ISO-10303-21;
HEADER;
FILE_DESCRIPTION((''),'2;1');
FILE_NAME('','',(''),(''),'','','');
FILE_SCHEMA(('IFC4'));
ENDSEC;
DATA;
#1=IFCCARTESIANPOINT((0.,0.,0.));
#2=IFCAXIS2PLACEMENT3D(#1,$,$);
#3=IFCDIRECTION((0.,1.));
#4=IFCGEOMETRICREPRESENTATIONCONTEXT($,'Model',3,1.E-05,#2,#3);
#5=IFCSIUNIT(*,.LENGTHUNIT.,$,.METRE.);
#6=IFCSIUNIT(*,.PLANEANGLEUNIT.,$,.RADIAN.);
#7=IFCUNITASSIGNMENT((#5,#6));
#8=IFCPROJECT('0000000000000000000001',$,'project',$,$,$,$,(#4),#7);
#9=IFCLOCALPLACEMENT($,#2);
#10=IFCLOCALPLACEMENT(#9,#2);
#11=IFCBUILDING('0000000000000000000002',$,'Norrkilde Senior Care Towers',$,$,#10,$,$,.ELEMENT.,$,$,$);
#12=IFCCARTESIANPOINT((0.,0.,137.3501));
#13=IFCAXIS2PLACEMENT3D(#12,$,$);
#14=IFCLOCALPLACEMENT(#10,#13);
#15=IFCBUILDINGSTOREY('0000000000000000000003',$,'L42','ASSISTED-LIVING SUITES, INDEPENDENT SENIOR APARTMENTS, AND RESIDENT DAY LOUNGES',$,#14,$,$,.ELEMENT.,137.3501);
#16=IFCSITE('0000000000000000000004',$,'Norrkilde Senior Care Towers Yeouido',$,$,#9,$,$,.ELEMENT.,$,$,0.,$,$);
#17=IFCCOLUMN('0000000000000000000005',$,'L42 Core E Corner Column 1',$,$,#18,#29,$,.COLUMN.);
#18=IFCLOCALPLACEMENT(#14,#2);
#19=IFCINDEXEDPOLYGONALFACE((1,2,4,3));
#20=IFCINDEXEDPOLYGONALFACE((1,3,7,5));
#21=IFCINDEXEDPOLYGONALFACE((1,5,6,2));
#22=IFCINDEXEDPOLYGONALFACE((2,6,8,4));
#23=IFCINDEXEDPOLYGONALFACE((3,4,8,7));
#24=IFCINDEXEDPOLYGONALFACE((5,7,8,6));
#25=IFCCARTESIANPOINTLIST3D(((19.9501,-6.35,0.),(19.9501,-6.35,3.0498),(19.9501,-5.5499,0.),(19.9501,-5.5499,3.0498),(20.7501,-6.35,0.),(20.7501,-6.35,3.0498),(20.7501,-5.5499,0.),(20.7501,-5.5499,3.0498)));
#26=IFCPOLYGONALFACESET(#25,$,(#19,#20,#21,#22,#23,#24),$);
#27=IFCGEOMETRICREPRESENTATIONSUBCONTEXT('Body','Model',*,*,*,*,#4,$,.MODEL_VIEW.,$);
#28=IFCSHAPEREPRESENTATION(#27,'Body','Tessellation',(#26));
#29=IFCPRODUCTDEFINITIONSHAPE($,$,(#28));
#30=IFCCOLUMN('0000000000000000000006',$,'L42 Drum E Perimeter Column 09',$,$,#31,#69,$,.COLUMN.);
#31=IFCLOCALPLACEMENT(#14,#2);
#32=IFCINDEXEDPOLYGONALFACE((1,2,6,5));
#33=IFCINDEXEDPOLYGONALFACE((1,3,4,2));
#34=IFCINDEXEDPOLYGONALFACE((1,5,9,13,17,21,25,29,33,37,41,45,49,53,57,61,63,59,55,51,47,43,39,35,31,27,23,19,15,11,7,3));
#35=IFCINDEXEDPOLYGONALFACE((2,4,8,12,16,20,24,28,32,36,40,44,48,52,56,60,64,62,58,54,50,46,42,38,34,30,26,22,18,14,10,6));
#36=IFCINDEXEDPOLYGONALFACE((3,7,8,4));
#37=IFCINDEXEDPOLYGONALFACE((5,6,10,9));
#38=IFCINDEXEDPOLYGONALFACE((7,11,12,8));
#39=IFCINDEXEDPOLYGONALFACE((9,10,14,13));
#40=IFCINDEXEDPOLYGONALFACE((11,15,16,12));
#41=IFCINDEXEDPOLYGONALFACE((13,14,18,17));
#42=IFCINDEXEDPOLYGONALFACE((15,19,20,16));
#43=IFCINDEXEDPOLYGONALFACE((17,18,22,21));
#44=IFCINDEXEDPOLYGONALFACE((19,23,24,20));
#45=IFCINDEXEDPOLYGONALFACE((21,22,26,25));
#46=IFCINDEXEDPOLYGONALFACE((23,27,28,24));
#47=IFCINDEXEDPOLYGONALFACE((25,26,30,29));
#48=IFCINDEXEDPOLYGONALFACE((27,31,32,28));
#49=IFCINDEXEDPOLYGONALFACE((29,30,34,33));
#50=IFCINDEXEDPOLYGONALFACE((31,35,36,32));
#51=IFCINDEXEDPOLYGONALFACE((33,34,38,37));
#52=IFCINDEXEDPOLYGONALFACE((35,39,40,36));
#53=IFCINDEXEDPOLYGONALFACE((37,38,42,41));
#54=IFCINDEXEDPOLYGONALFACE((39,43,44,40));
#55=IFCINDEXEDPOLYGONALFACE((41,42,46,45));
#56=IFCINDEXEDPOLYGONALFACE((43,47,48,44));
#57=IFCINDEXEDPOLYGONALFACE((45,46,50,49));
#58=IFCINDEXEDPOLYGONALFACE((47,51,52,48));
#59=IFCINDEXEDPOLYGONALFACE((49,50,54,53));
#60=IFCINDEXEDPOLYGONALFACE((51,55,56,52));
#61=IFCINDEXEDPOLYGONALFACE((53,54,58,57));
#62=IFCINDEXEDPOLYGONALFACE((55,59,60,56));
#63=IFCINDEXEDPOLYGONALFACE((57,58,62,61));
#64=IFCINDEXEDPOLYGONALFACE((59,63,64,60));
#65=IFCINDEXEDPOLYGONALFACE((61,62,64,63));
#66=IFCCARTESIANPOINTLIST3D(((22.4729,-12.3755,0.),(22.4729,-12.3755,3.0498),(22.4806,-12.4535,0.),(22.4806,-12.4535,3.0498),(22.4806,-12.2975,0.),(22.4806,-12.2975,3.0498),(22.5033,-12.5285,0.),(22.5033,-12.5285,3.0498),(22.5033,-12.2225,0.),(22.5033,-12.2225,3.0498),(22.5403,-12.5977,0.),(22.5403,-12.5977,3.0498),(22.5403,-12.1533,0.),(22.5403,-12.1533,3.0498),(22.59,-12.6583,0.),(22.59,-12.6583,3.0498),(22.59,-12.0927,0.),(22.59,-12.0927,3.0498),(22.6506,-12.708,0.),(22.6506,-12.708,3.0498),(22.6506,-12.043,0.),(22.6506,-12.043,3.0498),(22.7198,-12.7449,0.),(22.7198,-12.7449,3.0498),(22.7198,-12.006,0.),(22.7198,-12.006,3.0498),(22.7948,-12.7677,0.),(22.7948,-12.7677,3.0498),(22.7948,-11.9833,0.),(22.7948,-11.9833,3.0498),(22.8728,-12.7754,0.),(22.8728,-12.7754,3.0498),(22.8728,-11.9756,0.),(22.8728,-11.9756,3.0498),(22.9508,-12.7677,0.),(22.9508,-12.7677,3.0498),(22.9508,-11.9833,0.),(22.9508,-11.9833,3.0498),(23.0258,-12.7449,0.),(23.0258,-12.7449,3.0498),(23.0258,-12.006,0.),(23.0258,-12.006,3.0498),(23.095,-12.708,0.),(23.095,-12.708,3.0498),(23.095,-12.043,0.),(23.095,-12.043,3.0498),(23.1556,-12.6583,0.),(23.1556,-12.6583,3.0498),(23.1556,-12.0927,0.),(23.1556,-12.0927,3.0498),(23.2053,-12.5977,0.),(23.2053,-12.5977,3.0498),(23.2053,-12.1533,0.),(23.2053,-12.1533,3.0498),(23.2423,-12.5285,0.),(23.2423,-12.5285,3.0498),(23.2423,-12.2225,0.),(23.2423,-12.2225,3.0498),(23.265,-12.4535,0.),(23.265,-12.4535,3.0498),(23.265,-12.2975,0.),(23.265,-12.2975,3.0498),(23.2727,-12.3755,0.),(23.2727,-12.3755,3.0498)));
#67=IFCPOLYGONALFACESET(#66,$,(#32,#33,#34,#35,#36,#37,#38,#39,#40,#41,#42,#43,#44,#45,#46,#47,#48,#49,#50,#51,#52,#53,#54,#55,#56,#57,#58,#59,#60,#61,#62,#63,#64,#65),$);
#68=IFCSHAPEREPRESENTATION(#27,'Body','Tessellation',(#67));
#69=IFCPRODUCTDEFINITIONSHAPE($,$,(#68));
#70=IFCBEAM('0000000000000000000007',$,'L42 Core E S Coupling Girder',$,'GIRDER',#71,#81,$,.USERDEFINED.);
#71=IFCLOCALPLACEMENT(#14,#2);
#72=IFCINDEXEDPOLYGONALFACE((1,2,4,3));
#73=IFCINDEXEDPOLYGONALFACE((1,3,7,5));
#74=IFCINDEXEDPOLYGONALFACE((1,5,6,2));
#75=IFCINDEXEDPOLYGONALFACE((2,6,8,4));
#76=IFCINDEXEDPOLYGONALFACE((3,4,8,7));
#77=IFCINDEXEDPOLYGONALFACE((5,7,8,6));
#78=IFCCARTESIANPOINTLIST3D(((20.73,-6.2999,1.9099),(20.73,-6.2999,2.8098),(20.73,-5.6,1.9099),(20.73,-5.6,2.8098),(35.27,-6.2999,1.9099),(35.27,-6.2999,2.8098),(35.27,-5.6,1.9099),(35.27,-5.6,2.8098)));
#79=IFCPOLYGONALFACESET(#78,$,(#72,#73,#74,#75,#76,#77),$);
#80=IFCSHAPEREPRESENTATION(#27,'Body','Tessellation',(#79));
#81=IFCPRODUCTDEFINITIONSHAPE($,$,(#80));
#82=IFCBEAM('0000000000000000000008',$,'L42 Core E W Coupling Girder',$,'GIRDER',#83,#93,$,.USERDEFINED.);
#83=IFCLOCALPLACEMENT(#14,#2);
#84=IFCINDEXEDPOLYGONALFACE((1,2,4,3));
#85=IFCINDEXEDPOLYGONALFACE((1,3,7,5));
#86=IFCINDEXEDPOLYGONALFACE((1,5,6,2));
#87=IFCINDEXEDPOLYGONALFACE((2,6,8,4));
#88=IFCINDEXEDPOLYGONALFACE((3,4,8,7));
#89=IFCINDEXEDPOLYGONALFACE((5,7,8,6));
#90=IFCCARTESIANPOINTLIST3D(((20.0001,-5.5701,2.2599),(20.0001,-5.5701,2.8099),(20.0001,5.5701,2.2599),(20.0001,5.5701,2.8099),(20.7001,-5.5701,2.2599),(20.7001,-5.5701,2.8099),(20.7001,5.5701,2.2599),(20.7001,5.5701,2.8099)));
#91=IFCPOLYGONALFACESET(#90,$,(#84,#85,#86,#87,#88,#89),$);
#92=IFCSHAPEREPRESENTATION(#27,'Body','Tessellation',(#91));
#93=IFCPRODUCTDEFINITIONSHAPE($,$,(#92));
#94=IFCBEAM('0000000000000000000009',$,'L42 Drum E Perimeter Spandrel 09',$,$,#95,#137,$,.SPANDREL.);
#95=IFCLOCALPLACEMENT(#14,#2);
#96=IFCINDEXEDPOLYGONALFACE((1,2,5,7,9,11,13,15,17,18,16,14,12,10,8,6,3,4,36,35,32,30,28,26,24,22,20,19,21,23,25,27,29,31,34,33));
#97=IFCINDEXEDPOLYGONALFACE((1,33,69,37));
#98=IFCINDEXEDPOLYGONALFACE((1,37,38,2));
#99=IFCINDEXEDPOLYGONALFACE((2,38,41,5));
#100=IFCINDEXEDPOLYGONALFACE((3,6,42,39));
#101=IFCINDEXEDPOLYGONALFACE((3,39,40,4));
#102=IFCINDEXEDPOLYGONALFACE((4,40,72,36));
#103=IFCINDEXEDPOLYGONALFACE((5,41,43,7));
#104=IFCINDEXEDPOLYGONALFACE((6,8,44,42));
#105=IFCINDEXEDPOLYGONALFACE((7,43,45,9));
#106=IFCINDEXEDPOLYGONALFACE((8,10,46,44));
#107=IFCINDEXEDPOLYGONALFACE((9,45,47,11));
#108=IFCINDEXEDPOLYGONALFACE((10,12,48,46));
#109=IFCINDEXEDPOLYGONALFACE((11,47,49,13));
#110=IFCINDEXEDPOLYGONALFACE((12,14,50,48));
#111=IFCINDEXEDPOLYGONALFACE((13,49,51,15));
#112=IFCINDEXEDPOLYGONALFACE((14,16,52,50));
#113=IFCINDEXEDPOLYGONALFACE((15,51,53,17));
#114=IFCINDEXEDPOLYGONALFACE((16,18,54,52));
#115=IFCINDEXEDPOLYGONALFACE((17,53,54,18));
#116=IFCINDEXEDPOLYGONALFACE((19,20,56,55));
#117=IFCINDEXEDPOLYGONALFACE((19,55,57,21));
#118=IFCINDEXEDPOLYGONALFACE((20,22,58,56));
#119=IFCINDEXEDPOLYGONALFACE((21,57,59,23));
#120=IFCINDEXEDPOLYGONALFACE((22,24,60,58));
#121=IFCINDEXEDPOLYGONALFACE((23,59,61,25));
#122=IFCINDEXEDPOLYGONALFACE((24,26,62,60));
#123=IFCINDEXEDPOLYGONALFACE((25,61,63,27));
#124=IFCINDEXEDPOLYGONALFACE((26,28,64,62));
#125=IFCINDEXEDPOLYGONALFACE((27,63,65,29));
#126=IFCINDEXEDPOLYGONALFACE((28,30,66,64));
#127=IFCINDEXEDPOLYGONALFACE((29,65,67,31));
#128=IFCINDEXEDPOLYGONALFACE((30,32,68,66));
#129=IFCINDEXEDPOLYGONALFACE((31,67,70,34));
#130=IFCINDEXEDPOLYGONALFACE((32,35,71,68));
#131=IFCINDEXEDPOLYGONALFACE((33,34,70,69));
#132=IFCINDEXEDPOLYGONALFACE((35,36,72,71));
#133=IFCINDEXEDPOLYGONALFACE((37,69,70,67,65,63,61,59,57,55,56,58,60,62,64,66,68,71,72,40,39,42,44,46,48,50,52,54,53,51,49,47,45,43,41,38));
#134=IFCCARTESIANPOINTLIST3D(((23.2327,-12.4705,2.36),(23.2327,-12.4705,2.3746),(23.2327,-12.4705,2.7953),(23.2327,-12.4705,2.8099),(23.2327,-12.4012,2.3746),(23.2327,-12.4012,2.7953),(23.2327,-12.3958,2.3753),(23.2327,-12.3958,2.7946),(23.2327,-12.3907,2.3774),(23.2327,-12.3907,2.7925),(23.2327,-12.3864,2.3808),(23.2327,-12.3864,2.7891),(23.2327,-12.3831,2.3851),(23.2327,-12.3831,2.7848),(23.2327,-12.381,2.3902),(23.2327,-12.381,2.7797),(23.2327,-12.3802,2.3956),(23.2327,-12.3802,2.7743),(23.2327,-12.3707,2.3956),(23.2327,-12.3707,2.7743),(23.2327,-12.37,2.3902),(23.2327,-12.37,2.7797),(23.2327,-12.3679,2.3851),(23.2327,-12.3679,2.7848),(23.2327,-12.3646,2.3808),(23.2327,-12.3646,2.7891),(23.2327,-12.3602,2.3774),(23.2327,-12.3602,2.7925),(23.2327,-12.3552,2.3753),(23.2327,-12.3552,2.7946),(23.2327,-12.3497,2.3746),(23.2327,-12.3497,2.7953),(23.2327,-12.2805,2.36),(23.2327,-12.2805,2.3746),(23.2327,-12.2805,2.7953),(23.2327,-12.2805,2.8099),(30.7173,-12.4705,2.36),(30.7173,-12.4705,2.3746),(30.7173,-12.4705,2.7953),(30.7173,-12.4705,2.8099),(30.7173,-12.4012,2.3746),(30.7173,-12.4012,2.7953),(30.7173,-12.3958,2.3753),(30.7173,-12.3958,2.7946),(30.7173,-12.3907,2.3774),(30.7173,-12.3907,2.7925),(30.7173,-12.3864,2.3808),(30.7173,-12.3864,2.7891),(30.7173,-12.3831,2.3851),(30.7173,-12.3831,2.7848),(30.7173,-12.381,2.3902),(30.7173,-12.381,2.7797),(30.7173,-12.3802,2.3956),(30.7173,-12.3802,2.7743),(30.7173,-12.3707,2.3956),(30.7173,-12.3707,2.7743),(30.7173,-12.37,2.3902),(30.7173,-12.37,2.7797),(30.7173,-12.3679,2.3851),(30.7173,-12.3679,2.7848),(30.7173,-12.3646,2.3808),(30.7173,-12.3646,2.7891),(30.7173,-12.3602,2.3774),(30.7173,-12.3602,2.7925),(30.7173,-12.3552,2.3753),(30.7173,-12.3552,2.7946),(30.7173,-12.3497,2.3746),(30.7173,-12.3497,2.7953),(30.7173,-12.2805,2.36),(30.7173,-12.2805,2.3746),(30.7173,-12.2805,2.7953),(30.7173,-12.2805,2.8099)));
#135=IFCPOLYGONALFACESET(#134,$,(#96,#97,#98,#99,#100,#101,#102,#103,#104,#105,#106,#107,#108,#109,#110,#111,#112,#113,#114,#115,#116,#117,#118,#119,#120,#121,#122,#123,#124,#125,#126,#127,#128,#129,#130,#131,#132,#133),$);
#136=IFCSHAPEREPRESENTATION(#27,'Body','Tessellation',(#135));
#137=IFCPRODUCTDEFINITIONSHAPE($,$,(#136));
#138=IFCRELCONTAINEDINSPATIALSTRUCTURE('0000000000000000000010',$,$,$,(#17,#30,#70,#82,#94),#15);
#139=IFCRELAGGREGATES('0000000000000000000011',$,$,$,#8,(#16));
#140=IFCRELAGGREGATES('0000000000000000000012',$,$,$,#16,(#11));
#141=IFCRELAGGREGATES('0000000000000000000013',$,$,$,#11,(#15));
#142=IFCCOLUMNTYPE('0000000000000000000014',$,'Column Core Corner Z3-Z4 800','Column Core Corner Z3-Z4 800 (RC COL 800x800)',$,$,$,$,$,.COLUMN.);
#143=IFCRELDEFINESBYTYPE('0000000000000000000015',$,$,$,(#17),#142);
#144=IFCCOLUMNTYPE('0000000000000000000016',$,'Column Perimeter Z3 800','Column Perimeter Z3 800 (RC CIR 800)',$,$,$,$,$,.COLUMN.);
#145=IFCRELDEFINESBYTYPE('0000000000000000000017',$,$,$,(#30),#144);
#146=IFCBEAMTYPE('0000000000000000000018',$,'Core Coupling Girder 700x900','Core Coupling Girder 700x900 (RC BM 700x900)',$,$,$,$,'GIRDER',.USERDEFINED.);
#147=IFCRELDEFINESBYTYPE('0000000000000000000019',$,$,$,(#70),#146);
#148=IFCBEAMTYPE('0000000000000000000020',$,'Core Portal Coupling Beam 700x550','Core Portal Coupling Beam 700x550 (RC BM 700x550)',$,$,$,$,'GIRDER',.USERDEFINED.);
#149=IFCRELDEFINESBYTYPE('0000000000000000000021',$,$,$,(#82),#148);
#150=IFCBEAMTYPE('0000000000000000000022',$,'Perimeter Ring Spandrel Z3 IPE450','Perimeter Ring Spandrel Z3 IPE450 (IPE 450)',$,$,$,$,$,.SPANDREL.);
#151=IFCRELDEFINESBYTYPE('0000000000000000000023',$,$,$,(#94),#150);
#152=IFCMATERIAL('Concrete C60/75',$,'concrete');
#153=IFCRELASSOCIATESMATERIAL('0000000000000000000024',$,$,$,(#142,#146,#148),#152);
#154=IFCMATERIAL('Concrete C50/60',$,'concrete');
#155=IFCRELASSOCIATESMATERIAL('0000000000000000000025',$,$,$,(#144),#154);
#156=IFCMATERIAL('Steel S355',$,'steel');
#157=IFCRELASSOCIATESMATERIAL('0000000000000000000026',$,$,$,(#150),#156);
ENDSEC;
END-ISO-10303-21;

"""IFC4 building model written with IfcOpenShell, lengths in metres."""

from ifc_helpers import new_model, si_unit, direction, frame, origin, origin_2d, place, context, subcontext, project, spatial, rectangle, circle, i_section, extrude, source, transform, mapped, material, material_profile, profile_set, type_object, type_shapes, element, save


model = new_model("IFC4")

# Units and contexts
model_context = context("Model", 3, precision=1e-05, world=origin(), true_north=direction((0.0, 1.0)))
body_context = subcontext(model_context, "Body", "Model", "MODEL_VIEW")
ifc_project = project(units=[si_unit("LENGTHUNIT", "METRE"), si_unit("PLANEANGLEUNIT", "RADIAN")], contexts=[model_context])

# Site, building, storey
site_placement = place(None, origin())
site = spatial("IfcSite", under=ifc_project, at=site_placement, Name="Norrkilde Senior Care Towers Yeouido", CompositionType="ELEMENT", RefElevation=0.0)
building_placement = place(site_placement, origin())
building = spatial("IfcBuilding", under=site, at=building_placement, Name="Norrkilde Senior Care Towers", CompositionType="ELEMENT")
storey_placement = place(building_placement, frame((0.0, 0.0, 137.3501)))
storey = spatial("IfcBuildingStorey", under=building, at=storey_placement, Name="L42", Description="ASSISTED-LIVING SUITES, INDEPENDENT SENIOR APARTMENTS, AND RESIDENT DAY LOUNGES", CompositionType="ELEMENT", Elevation=137.3501)

# Columns
ifc_material_1 = material(Name="Concrete C60/75", Category="concrete")
ifc_material_profile_1 = material_profile(ifc_material_1, rectangle(XDim=0.8, YDim=0.8, at=origin_2d()), Name="RC COL 800x800")
ifc_profile_set_1 = profile_set([ifc_material_profile_1], Name="Concrete C60/75")
column_type_1 = type_object("IfcColumnType", Name="Column Core Corner Z3-Z4 800", Description="Column Core Corner Z3-Z4 800 (RC COL 800x800)", PredefinedType="COLUMN", material=ifc_profile_set_1)
shared_shape_1 = source(origin(), body_context, "Body", "SweptSolid", [
    extrude(rectangle(XDim=0.8, YDim=0.8, at=origin_2d()), origin(), (0.0, 0.0, 1.0), 3.0498),
])
type_shapes(column_type_1, [shared_shape_1])
column_1_placement = place(storey_placement, frame((20.3501, -5.95, 0.0), z_axis=(0.0, 0.0, 1.0), x_axis=(1.0, 0.0, 0.0)))
element("IfcColumn", 1, at=column_1_placement, inside=storey, type_object=column_type_1, Name="L42 Core E Corner Column 1", PredefinedType="COLUMN", context=body_context, shape_type="MappedRepresentation", body=[
    mapped(shared_shape_1, transform((0.0, 0.0, 0.0), x_axis=(1.0, 0.0, 0.0), y_axis=(0.0, 1.0, 0.0), z_axis=(0.0, 0.0, 1.0), scale=1.0)),
])
ifc_material_2 = material(Name="Concrete C50/60", Category="concrete")
ifc_material_profile_2 = material_profile(ifc_material_2, circle(Radius=0.3999, at=origin_2d()), Name="RC CIR 800")
ifc_profile_set_2 = profile_set([ifc_material_profile_2], Name="Concrete C50/60")
column_type_2 = type_object("IfcColumnType", Name="Column Perimeter Z3 800", Description="Column Perimeter Z3 800 (RC CIR 800)", PredefinedType="COLUMN", material=ifc_profile_set_2)
shared_shape_2 = source(origin(), body_context, "Body", "SweptSolid", [
    extrude(circle(Radius=0.3999, at=origin_2d()), origin(), (0.0, 0.0, 1.0), 3.0498),
])
type_shapes(column_type_2, [shared_shape_2])
column_2_placement = place(storey_placement, frame((22.8728, -12.3755, 0.0), z_axis=(0.0, 0.0, 1.0), x_axis=(1.0, 0.0, 0.0)))
element("IfcColumn", 2, at=column_2_placement, inside=storey, type_object=column_type_2, Name="L42 Drum E Perimeter Column 09", PredefinedType="COLUMN", context=body_context, shape_type="MappedRepresentation", body=[
    mapped(shared_shape_2, transform((0.0, 0.0, 0.0), x_axis=(1.0, 0.0, 0.0), y_axis=(0.0, 1.0, 0.0), z_axis=(0.0, 0.0, 1.0), scale=1.0)),
])

# Beams
ifc_material_profile_3 = material_profile(ifc_material_1, rectangle(XDim=0.7, YDim=0.8999, at=origin_2d()), Name="RC BM 700x900")
ifc_profile_set_3 = profile_set([ifc_material_profile_3], Name="Concrete C60/75")
beam_type_1 = type_object("IfcBeamType", Name="Core Coupling Girder 700x900", Description="Core Coupling Girder 700x900 (RC BM 700x900)", ElementType="GIRDER", PredefinedType="USERDEFINED", material=ifc_profile_set_3)
shared_shape_3 = source(origin(), body_context, "Body", "SweptSolid", [
    extrude(rectangle(XDim=0.7, YDim=0.8999, at=origin_2d()), origin(), (0.0, 0.0, 1.0), 14.54),
])
type_shapes(beam_type_1, [shared_shape_3])
beam_1_placement = place(storey_placement, frame((20.73, -5.95, 2.3599), z_axis=(1.0, 0.0, 0.0), x_axis=(0.0, 1.0, 0.0)))
element("IfcBeam", 3, at=beam_1_placement, inside=storey, type_object=beam_type_1, Name="L42 Core E S Coupling Girder", ObjectType="GIRDER", PredefinedType="USERDEFINED", context=body_context, shape_type="MappedRepresentation", body=[
    mapped(shared_shape_3, transform((0.0, 0.0, 0.0), x_axis=(1.0, 0.0, 0.0), y_axis=(0.0, 1.0, 0.0), z_axis=(0.0, 0.0, 1.0), scale=1.0)),
])
ifc_material_profile_4 = material_profile(ifc_material_1, rectangle(XDim=0.7, YDim=0.55, at=origin_2d()), Name="RC BM 700x550")
ifc_profile_set_4 = profile_set([ifc_material_profile_4], Name="Concrete C60/75")
beam_type_2 = type_object("IfcBeamType", Name="Core Portal Coupling Beam 700x550", Description="Core Portal Coupling Beam 700x550 (RC BM 700x550)", ElementType="GIRDER", PredefinedType="USERDEFINED", material=ifc_profile_set_4)
shared_shape_4 = source(origin(), body_context, "Body", "SweptSolid", [
    extrude(rectangle(XDim=0.7, YDim=0.55, at=origin_2d()), origin(), (0.0, 0.0, 1.0), 11.1401),
])
type_shapes(beam_type_2, [shared_shape_4])
beam_2_placement = place(storey_placement, frame((20.3501, -5.5701, 2.5349), z_axis=(0.0, 1.0, 0.0), x_axis=(-1.0, 0.0, 0.0)))
element("IfcBeam", 4, at=beam_2_placement, inside=storey, type_object=beam_type_2, Name="L42 Core E W Coupling Girder", ObjectType="GIRDER", PredefinedType="USERDEFINED", context=body_context, shape_type="MappedRepresentation", body=[
    mapped(shared_shape_4, transform((0.0, 0.0, 0.0), x_axis=(1.0, 0.0, 0.0), y_axis=(0.0, 1.0, 0.0), z_axis=(0.0, 0.0, 1.0), scale=1.0)),
])
ifc_material_3 = material(Name="Steel S355", Category="steel")
ifc_material_profile_5 = material_profile(ifc_material_3, i_section(OverallWidth=0.1899, OverallDepth=0.45, WebThickness=0.0095, FlangeThickness=0.0146, FilletRadius=0.021, at=origin_2d()), Name="IPE 450")
ifc_profile_set_5 = profile_set([ifc_material_profile_5], Name="Steel S355")
beam_type_3 = type_object("IfcBeamType", Name="Perimeter Ring Spandrel Z3 IPE450", Description="Perimeter Ring Spandrel Z3 IPE450 (IPE 450)", PredefinedType="SPANDREL", material=ifc_profile_set_5)
shared_shape_5 = source(origin(), body_context, "Body", "SweptSolid", [
    extrude(i_section(OverallWidth=0.1899, OverallDepth=0.45, WebThickness=0.0095, FlangeThickness=0.0146, FilletRadius=0.021, at=origin_2d()), origin(), (0.0, 0.0, 1.0), 7.4846),
])
type_shapes(beam_type_3, [shared_shape_5])
beam_3_placement = place(storey_placement, frame((23.2327, -12.3755, 2.585), z_axis=(1.0, 0.0, 0.0), x_axis=(0.0, 1.0, 0.0)))
element("IfcBeam", 5, at=beam_3_placement, inside=storey, type_object=beam_type_3, Name="L42 Drum E Perimeter Spandrel 09", PredefinedType="SPANDREL", context=body_context, shape_type="MappedRepresentation", body=[
    mapped(shared_shape_5, transform((0.0, 0.0, 0.0), x_axis=(1.0, 0.0, 0.0), y_axis=(0.0, 1.0, 0.0), z_axis=(0.0, 0.0, 1.0), scale=1.0)),
])

save(model, "model.ifc")
